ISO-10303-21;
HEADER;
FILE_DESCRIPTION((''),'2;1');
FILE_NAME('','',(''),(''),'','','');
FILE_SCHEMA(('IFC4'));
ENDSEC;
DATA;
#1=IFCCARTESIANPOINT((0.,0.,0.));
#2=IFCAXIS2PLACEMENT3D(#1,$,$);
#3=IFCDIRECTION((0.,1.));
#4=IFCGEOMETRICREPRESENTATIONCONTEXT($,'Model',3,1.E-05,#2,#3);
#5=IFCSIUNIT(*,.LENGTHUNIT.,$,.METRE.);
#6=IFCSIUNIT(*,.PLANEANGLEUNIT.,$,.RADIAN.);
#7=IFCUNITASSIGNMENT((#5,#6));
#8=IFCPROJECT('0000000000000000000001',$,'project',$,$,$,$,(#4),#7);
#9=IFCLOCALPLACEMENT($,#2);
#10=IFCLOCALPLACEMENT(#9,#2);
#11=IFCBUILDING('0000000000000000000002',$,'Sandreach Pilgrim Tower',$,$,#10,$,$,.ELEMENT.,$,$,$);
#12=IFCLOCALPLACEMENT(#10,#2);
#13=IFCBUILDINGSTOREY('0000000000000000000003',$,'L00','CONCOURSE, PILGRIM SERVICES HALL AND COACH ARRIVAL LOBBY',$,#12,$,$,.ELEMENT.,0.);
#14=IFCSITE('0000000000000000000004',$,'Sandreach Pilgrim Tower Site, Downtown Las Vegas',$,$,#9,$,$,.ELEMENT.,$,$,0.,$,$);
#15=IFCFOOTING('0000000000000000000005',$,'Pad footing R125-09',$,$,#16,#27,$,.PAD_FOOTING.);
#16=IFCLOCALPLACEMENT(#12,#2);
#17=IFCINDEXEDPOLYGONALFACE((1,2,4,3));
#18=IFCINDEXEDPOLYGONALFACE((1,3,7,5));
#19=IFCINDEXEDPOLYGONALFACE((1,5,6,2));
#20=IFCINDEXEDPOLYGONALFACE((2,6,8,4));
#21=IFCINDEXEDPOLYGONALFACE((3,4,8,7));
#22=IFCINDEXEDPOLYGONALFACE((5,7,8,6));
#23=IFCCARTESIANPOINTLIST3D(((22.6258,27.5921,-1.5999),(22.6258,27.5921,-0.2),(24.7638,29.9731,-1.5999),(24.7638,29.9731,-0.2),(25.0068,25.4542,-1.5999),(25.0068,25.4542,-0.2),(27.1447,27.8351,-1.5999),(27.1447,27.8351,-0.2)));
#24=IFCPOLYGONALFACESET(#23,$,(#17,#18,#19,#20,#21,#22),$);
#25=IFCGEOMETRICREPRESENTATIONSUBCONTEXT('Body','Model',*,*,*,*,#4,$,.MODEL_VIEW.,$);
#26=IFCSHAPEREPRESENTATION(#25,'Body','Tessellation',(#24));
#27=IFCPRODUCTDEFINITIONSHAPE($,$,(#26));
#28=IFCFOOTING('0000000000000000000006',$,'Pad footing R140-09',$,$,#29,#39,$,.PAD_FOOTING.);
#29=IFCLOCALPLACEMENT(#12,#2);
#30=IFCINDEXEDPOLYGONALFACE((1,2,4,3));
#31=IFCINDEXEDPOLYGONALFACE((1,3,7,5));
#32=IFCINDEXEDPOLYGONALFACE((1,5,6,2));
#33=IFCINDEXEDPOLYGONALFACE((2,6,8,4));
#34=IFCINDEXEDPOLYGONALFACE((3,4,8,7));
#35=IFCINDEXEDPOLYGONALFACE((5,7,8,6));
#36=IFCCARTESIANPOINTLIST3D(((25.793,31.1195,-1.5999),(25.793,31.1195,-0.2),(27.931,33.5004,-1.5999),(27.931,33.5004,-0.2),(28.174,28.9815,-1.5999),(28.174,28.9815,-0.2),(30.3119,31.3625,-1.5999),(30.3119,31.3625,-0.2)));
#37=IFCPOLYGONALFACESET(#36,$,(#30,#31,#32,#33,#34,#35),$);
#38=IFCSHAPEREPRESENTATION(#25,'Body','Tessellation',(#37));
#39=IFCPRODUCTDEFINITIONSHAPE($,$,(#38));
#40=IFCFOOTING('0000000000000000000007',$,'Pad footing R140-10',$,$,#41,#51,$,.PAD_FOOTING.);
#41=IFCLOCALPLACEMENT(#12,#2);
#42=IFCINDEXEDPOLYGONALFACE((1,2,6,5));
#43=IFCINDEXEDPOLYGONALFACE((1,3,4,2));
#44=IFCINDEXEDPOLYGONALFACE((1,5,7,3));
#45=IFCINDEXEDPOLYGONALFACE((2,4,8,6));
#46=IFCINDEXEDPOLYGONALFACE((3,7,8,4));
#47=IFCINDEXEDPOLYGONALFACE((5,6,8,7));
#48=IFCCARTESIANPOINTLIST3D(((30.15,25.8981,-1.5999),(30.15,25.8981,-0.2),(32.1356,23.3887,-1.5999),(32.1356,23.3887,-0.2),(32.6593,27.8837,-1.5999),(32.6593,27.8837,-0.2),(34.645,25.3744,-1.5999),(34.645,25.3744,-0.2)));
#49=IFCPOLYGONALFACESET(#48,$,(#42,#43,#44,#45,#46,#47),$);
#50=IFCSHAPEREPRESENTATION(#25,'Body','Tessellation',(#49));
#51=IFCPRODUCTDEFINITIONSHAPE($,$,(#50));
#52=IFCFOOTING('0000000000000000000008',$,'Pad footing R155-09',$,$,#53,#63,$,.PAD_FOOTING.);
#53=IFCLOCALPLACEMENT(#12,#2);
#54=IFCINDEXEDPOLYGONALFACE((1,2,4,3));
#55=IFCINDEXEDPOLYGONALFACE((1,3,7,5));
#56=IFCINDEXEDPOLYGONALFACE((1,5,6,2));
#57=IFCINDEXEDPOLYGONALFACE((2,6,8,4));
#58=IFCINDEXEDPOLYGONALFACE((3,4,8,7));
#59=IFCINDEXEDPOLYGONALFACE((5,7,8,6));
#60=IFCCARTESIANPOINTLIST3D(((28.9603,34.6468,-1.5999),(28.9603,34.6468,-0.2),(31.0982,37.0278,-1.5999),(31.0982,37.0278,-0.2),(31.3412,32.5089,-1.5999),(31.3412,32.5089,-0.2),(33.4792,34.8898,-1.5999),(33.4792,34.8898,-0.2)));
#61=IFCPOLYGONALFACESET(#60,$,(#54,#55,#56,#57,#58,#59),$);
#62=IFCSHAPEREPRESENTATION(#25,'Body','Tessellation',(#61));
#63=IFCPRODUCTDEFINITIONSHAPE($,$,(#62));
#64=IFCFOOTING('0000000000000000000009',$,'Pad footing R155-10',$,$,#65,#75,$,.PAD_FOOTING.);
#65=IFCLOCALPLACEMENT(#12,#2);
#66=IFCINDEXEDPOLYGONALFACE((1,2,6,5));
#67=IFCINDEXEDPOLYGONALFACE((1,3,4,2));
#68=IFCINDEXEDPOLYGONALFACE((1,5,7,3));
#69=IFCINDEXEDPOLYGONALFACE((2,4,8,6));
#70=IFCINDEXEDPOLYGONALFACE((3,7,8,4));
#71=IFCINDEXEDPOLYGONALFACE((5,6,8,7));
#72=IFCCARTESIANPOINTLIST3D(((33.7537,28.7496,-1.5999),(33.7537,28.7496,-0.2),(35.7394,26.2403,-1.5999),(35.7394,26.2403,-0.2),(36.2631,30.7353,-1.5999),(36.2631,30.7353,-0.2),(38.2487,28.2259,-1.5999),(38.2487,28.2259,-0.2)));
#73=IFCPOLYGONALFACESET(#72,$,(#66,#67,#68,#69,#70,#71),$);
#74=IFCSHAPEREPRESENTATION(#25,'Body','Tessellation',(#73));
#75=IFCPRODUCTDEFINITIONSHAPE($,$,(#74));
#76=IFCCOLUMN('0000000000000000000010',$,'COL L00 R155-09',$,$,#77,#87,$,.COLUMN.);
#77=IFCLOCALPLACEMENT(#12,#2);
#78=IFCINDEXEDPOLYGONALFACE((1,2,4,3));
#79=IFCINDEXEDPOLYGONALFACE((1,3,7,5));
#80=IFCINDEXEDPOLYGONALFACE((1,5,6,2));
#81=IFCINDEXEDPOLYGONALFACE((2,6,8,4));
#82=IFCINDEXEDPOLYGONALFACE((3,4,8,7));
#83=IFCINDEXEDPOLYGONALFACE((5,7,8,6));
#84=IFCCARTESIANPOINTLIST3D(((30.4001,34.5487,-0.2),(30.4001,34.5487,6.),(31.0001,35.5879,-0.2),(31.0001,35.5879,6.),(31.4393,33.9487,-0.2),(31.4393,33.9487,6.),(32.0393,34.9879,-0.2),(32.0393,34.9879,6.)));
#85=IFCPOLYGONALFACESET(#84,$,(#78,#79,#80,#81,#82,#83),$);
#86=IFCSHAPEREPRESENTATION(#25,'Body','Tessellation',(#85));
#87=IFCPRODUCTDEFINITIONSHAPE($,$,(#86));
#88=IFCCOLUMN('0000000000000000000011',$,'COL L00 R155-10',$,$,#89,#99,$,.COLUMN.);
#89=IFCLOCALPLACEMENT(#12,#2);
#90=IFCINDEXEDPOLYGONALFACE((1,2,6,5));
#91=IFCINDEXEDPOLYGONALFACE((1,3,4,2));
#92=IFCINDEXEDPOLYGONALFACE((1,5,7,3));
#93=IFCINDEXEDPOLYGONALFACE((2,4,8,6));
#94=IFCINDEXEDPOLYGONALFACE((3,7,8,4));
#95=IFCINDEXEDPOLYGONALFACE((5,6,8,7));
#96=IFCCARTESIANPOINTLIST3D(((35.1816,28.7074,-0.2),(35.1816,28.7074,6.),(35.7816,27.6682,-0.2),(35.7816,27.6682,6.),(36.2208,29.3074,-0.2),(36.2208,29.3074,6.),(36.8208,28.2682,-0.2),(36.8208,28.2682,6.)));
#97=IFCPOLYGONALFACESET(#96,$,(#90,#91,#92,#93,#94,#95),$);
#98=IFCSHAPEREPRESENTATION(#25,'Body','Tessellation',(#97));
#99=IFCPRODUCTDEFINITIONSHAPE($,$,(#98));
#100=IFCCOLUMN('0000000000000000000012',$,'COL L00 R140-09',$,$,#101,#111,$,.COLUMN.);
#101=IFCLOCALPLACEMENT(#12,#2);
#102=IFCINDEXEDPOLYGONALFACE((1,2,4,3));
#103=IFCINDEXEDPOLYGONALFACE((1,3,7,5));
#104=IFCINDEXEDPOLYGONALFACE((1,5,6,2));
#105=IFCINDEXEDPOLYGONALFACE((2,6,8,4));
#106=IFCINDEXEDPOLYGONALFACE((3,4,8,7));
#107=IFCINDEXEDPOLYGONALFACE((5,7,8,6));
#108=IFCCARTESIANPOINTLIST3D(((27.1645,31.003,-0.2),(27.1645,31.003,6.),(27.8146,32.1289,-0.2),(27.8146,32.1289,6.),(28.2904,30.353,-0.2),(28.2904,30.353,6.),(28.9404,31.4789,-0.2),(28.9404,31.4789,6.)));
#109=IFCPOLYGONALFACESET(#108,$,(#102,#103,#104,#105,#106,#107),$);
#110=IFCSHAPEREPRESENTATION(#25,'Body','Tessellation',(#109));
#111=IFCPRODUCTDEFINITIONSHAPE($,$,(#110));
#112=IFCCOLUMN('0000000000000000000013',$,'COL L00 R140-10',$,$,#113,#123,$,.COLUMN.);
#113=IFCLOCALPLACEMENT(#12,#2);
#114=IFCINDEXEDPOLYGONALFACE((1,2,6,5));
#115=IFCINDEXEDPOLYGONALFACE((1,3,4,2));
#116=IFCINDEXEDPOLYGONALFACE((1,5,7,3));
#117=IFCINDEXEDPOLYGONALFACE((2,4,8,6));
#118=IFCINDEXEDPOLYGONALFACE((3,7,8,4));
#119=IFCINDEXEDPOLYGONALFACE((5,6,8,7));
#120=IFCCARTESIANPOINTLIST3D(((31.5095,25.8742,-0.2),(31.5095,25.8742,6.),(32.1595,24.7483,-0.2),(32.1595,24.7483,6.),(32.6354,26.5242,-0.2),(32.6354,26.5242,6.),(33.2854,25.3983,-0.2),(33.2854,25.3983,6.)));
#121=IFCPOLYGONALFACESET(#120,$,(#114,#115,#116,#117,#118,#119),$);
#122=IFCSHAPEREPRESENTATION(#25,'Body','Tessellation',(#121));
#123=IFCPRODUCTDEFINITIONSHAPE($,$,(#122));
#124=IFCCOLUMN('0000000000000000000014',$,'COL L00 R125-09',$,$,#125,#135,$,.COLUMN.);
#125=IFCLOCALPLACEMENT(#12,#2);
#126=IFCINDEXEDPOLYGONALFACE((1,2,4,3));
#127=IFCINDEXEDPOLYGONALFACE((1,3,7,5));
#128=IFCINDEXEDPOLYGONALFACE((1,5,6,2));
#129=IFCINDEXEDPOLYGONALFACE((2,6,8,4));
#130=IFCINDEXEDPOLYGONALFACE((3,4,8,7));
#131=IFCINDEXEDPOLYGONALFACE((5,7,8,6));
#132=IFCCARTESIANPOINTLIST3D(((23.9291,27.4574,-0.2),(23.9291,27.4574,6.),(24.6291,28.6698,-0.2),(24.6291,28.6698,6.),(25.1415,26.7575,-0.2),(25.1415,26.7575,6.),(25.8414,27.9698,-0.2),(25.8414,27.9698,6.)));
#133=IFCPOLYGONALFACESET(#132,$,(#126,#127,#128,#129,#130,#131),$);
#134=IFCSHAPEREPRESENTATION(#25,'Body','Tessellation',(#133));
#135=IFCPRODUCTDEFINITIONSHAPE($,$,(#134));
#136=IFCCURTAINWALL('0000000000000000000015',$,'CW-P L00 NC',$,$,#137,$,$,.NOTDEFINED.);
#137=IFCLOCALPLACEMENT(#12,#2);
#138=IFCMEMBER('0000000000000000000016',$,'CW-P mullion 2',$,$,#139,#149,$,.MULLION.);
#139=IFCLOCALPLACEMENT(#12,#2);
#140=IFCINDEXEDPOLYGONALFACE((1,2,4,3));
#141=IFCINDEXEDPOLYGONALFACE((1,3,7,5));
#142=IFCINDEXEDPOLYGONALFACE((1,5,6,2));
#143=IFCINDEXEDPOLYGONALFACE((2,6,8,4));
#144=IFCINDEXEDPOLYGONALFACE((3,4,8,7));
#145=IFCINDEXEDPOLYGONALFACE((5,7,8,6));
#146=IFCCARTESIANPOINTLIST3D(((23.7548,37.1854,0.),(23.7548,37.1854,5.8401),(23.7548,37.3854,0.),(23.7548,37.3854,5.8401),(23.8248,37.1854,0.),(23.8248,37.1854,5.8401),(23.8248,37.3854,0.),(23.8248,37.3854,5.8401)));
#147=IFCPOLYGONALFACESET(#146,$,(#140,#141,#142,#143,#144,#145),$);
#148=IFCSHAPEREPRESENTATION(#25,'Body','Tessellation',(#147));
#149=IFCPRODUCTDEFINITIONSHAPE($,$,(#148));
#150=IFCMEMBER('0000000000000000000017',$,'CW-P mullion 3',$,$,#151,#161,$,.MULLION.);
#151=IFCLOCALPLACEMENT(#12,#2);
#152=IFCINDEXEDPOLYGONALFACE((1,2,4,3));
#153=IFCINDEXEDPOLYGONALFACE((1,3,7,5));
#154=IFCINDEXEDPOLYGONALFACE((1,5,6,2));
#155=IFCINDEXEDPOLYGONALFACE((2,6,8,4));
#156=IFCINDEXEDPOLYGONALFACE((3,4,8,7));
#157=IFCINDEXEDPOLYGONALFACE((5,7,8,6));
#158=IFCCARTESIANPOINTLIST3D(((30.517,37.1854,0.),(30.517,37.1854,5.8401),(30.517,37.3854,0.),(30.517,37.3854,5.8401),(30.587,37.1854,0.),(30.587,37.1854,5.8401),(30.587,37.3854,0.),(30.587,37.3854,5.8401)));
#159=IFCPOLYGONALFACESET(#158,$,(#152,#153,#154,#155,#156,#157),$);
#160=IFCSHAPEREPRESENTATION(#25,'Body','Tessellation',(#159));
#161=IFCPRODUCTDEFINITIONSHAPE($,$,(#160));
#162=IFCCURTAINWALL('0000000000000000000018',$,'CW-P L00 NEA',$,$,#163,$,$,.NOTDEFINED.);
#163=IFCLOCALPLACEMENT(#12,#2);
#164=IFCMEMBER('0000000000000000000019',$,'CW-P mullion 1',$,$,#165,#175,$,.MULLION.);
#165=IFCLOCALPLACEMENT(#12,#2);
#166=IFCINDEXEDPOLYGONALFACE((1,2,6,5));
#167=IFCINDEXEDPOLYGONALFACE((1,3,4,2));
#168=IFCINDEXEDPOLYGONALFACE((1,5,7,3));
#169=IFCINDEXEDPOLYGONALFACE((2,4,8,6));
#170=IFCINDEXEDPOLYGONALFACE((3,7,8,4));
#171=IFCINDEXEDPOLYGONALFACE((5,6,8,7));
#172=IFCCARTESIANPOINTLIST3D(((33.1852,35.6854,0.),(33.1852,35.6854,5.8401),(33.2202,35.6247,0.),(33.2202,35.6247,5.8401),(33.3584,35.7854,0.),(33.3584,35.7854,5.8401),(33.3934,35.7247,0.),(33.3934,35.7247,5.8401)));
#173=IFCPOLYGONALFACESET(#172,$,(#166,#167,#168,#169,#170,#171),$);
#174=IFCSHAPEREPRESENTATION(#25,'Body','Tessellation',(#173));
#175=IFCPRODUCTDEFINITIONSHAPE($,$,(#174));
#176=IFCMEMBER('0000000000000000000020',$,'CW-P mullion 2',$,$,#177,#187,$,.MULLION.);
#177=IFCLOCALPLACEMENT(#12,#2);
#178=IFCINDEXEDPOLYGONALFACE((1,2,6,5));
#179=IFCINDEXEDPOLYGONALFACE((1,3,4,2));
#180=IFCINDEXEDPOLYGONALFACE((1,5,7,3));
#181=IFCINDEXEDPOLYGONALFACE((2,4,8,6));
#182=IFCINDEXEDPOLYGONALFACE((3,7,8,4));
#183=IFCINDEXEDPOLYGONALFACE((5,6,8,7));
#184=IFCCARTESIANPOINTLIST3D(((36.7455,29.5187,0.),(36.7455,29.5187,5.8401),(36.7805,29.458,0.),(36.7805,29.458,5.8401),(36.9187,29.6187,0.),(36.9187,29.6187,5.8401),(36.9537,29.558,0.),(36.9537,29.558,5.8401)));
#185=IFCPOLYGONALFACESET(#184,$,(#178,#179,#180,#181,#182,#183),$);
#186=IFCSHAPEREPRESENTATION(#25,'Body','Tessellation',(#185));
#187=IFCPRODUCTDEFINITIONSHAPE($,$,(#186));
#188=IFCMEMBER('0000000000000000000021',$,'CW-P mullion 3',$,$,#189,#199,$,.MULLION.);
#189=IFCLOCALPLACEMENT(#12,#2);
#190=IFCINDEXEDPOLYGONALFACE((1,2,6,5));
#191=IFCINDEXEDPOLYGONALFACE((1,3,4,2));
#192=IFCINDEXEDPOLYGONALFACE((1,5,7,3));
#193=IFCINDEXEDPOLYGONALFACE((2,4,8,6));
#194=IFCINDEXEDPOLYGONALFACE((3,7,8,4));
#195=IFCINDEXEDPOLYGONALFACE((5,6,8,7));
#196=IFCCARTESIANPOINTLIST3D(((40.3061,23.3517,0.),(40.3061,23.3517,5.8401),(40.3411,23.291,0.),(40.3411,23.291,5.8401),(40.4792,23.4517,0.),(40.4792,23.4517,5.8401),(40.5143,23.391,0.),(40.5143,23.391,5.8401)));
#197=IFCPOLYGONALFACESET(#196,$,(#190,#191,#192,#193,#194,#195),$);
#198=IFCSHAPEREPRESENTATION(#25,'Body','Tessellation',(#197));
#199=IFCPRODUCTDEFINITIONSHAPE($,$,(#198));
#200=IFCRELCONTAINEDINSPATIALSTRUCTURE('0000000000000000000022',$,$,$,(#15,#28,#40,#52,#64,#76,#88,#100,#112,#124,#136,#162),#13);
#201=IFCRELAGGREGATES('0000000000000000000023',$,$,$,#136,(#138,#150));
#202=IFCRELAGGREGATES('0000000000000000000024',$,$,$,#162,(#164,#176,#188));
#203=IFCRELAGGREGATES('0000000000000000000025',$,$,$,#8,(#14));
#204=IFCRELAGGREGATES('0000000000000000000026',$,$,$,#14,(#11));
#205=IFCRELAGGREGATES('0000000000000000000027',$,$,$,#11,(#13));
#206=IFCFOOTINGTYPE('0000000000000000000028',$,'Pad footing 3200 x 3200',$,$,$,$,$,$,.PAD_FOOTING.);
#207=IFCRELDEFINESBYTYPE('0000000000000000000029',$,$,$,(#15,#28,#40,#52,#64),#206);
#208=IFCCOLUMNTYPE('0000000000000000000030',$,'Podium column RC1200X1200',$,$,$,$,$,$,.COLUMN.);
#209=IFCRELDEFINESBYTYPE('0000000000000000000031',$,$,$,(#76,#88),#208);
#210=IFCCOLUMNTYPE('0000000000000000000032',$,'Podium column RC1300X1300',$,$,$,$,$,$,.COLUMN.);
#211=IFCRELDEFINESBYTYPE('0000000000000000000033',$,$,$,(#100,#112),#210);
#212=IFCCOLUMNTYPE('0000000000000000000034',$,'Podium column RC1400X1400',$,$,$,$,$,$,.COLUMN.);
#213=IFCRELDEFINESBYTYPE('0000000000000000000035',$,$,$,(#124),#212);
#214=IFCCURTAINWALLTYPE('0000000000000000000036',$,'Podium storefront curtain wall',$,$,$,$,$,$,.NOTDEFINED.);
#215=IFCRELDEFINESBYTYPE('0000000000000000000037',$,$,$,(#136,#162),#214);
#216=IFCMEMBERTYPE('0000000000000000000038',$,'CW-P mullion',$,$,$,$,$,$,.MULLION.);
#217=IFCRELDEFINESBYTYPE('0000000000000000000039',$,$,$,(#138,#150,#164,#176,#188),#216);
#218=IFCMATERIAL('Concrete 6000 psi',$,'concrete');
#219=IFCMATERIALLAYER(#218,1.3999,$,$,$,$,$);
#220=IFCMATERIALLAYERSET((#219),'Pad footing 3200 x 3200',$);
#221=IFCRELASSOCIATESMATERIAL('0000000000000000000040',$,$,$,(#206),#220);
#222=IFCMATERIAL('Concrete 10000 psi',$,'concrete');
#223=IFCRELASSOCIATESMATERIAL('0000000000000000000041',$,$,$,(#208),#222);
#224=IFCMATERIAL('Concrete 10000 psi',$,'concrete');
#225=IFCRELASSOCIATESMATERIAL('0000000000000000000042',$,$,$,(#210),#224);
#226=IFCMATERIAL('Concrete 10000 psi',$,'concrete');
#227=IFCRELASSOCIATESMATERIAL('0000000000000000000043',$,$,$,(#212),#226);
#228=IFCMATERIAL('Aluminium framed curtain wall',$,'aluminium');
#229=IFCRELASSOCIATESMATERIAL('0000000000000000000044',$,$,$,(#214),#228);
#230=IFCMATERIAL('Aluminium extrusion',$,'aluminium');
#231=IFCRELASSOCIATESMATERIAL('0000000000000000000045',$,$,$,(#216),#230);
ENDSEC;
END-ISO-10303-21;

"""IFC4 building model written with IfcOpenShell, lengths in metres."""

from ifc_helpers import new_model, si_unit, direction, frame, origin, origin_2d, place, context, subcontext, project, spatial, rectangle, extrude, material, layer, layer_set, material_profile, profile_set, type_object, element, aggregate, save


model = new_model("IFC4")

# Units and contexts
model_context = context("Model", 3, precision=1e-05, world=origin(), true_north=direction((0.0, 1.0)))
body_context = subcontext(model_context, "Body", "Model", "MODEL_VIEW")
ifc_project = project(units=[si_unit("LENGTHUNIT", "METRE"), si_unit("PLANEANGLEUNIT", "RADIAN")], contexts=[model_context])

# Site, building, storey
site_placement = place(None, origin())
site = spatial("IfcSite", under=ifc_project, at=site_placement, Name="Sandreach Pilgrim Tower Site, Downtown Las Vegas", CompositionType="ELEMENT", RefElevation=0.0)
building_placement = place(site_placement, origin())
building = spatial("IfcBuilding", under=site, at=building_placement, Name="Sandreach Pilgrim Tower", CompositionType="ELEMENT")
storey_placement = place(building_placement, origin())
storey = spatial("IfcBuildingStorey", under=building, at=storey_placement, Name="L00", Description="CONCOURSE, PILGRIM SERVICES HALL AND COACH ARRIVAL LOBBY", CompositionType="ELEMENT", Elevation=0.0)

# Footings
ifc_material_1 = material(Name="Concrete 6000 psi", Category="concrete")
ifc_layer_1 = layer(ifc_material_1, 1.3999)
ifc_layer_set_1 = layer_set([ifc_layer_1], Name="Pad footing 3200 x 3200")
footing_type = type_object("IfcFootingType", Name="Pad footing 3200 x 3200", PredefinedType="PAD_FOOTING", material=ifc_layer_set_1)
for number, where, z_axis, x_axis, name in (
    (1, (24.8853, 27.7136, -1.5999), (0.0, 0.0, 1.0), (0.668117, 0.744056, 0.0), "Pad footing R125-09"),
    (2, (28.0525, 31.241, -1.5999), (0.0, 0.0, 1.0), (0.668117, 0.744056, 0.0), "Pad footing R140-09"),
    (3, (32.3975, 25.6362, -1.5999), (0.0, 0.0, 1.0), (0.784185, 0.620527, 0.0), "Pad footing R140-10"),
    (4, (31.2197, 34.7683, -1.5999), (0.0, 0.0, 1.0), (0.668117, 0.744056, 0.0), "Pad footing R155-09"),
    (5, (36.0012, 28.4878, -1.5999), (0.0, 0.0, 1.0), (0.784185, 0.620527, 0.0), "Pad footing R155-10"),
):
    element("IfcFooting", number, at=place(storey_placement, frame(where, z_axis=z_axis, x_axis=x_axis)), inside=storey, type_object=footing_type, Name=name, PredefinedType="PAD_FOOTING", context=body_context, shape_type="SweptSolid", body=[
        extrude(rectangle(XDim=3.2, YDim=3.2, at=origin_2d()), origin(), (0.0, 0.0, 1.0), 1.3999),
    ])

# Columns
ifc_material_2 = material(Name="Concrete 10000 psi", Category="concrete")
ifc_material_profile_1 = material_profile(ifc_material_2, rectangle(XDim=1.2, YDim=1.2, at=origin_2d()), Name="RC1200X1200")
ifc_profile_set_1 = profile_set([ifc_material_profile_1], Name="Concrete 10000 psi")
column_type_1 = type_object("IfcColumnType", Name="Podium column RC1200X1200", PredefinedType="COLUMN", material=ifc_profile_set_1)
for number, where, z_axis, x_axis, name in (
    (6, (31.2197, 34.7683, -0.2), (0.0, 0.0, 1.0), (0.5, 0.866025, 0.0), "COL L00 R155-09"),
    (7, (36.0012, 28.4878, -0.2), (0.0, 0.0, 1.0), (0.866025, 0.5, 0.0), "COL L00 R155-10"),
):
    element("IfcColumn", number, at=place(storey_placement, frame(where, z_axis=z_axis, x_axis=x_axis)), inside=storey, type_object=column_type_1, Name=name, PredefinedType="COLUMN", context=body_context, shape_type="SweptSolid", body=[
        extrude(rectangle(XDim=1.2, YDim=1.2, at=origin_2d()), origin(), (0.0, 0.0, 1.0), 6.2),
    ])
ifc_material_3 = material(Name="Concrete 10000 psi", Category="concrete")
ifc_material_profile_2 = material_profile(ifc_material_3, rectangle(XDim=1.3, YDim=1.3, at=origin_2d()), Name="RC1300X1300")
ifc_profile_set_2 = profile_set([ifc_material_profile_2], Name="Concrete 10000 psi")
column_type_2 = type_object("IfcColumnType", Name="Podium column RC1300X1300", PredefinedType="COLUMN", material=ifc_profile_set_2)
for number, where, z_axis, x_axis, name in (
    (8, (28.0525, 31.241, -0.2), (0.0, 0.0, 1.0), (0.5, 0.866025, 0.0), "COL L00 R140-09"),
    (9, (32.3975, 25.6362, -0.2), (0.0, 0.0, 1.0), (0.866025, 0.5, 0.0), "COL L00 R140-10"),
):
    element("IfcColumn", number, at=place(storey_placement, frame(where, z_axis=z_axis, x_axis=x_axis)), inside=storey, type_object=column_type_2, Name=name, PredefinedType="COLUMN", context=body_context, shape_type="SweptSolid", body=[
        extrude(rectangle(XDim=1.3, YDim=1.3, at=origin_2d()), origin(), (0.0, 0.0, 1.0), 6.2),
    ])
ifc_material_4 = material(Name="Concrete 10000 psi", Category="concrete")
ifc_material_profile_3 = material_profile(ifc_material_4, rectangle(XDim=1.3999, YDim=1.3999, at=origin_2d()), Name="RC1400X1400")
ifc_profile_set_3 = profile_set([ifc_material_profile_3], Name="Concrete 10000 psi")
column_type_3 = type_object("IfcColumnType", Name="Podium column RC1400X1400", PredefinedType="COLUMN", material=ifc_profile_set_3)
column_placement = place(storey_placement, frame((24.8853, 27.7136, -0.2), z_axis=(0.0, 0.0, 1.0), x_axis=(0.5, 0.866025, 0.0)))
element("IfcColumn", 10, at=column_placement, inside=storey, type_object=column_type_3, Name="COL L00 R125-09", PredefinedType="COLUMN", context=body_context, shape_type="SweptSolid", body=[
    extrude(rectangle(XDim=1.3999, YDim=1.3999, at=origin_2d()), origin(), (0.0, 0.0, 1.0), 6.2),
])

# Curtain walls, members
ifc_material_5 = material(Name="Aluminium framed curtain wall", Category="aluminium")
curtain_wall_type = type_object("IfcCurtainWallType", Name="Podium storefront curtain wall", PredefinedType="NOTDEFINED", material=ifc_material_5)
curtain_wall_1_placement = place(storey_placement, origin())
curtain_wall_1 = element("IfcCurtainWall", 11, at=curtain_wall_1_placement, inside=storey, type_object=curtain_wall_type, Name="CW-P L00 NC", PredefinedType="NOTDEFINED")
ifc_material_6 = material(Name="Aluminium extrusion", Category="aluminium")
ifc_material_profile_4 = material_profile(ifc_material_6, rectangle(XDim=0.0701, YDim=0.2, at=origin_2d()), Name="CW-PM 70X200")
ifc_profile_set_4 = profile_set([ifc_material_profile_4], Name="Aluminium extrusion")
member_type_1 = type_object("IfcMemberType", Name="CW-P mullion", PredefinedType="MULLION", material=ifc_profile_set_4)
member_1_placement = place(storey_placement, frame((23.7898, 37.2854, 0.0), z_axis=(0.0, 0.0, 1.0), x_axis=(1.0, 0.0, 0.0)))
member_1 = element("IfcMember", 12, at=member_1_placement, type_object=member_type_1, Name="CW-P mullion 2", PredefinedType="MULLION", context=body_context, shape_type="SweptSolid", body=[
    extrude(rectangle(XDim=0.0701, YDim=0.2, at=origin_2d()), origin(), (0.0, 0.0, 1.0), 5.8401),
])
member_2_placement = place(storey_placement, frame((30.552, 37.2854, 0.0), z_axis=(0.0, 0.0, 1.0), x_axis=(1.0, 0.0, 0.0)))
member_2 = element("IfcMember", 13, at=member_2_placement, type_object=member_type_1, Name="CW-P mullion 3", PredefinedType="MULLION", context=body_context, shape_type="SweptSolid", body=[
    extrude(rectangle(XDim=0.0701, YDim=0.2, at=origin_2d()), origin(), (0.0, 0.0, 1.0), 5.8401),
])
curtain_wall_2_placement = place(storey_placement, origin())
curtain_wall_2 = element("IfcCurtainWall", 14, at=curtain_wall_2_placement, inside=storey, type_object=curtain_wall_type, Name="CW-P L00 NEA", PredefinedType="NOTDEFINED")
member_3_placement = place(storey_placement, frame((33.2893, 35.7051, 0.0), z_axis=(0.0, 0.0, 1.0), x_axis=(0.5, -0.866025, 0.0)))
member_3 = element("IfcMember", 15, at=member_3_placement, type_object=member_type_1, Name="CW-P mullion 1", PredefinedType="MULLION", context=body_context, shape_type="SweptSolid", body=[
    extrude(rectangle(XDim=0.0701, YDim=0.2, at=origin_2d()), origin(), (0.0, 0.0, 1.0), 5.8401),
])
member_4_placement = place(storey_placement, frame((36.8496, 29.5383, 0.0), z_axis=(0.0, 0.0, 1.0), x_axis=(0.5, -0.866025, 0.0)))
member_4 = element("IfcMember", 16, at=member_4_placement, type_object=member_type_1, Name="CW-P mullion 2", PredefinedType="MULLION", context=body_context, shape_type="SweptSolid", body=[
    extrude(rectangle(XDim=0.0701, YDim=0.2, at=origin_2d()), origin(), (0.0, 0.0, 1.0), 5.8401),
])
member_5_placement = place(storey_placement, frame((40.4102, 23.3713, 0.0), z_axis=(0.0, 0.0, 1.0), x_axis=(0.5, -0.866025, 0.0)))
member_5 = element("IfcMember", 17, at=member_5_placement, type_object=member_type_1, Name="CW-P mullion 3", PredefinedType="MULLION", context=body_context, shape_type="SweptSolid", body=[
    extrude(rectangle(XDim=0.0701, YDim=0.2, at=origin_2d()), origin(), (0.0, 0.0, 1.0), 5.8401),
])

aggregate(curtain_wall_1, [member_1, member_2])
aggregate(curtain_wall_2, [member_3, member_4, member_5])

save(model, "model.ifc")
